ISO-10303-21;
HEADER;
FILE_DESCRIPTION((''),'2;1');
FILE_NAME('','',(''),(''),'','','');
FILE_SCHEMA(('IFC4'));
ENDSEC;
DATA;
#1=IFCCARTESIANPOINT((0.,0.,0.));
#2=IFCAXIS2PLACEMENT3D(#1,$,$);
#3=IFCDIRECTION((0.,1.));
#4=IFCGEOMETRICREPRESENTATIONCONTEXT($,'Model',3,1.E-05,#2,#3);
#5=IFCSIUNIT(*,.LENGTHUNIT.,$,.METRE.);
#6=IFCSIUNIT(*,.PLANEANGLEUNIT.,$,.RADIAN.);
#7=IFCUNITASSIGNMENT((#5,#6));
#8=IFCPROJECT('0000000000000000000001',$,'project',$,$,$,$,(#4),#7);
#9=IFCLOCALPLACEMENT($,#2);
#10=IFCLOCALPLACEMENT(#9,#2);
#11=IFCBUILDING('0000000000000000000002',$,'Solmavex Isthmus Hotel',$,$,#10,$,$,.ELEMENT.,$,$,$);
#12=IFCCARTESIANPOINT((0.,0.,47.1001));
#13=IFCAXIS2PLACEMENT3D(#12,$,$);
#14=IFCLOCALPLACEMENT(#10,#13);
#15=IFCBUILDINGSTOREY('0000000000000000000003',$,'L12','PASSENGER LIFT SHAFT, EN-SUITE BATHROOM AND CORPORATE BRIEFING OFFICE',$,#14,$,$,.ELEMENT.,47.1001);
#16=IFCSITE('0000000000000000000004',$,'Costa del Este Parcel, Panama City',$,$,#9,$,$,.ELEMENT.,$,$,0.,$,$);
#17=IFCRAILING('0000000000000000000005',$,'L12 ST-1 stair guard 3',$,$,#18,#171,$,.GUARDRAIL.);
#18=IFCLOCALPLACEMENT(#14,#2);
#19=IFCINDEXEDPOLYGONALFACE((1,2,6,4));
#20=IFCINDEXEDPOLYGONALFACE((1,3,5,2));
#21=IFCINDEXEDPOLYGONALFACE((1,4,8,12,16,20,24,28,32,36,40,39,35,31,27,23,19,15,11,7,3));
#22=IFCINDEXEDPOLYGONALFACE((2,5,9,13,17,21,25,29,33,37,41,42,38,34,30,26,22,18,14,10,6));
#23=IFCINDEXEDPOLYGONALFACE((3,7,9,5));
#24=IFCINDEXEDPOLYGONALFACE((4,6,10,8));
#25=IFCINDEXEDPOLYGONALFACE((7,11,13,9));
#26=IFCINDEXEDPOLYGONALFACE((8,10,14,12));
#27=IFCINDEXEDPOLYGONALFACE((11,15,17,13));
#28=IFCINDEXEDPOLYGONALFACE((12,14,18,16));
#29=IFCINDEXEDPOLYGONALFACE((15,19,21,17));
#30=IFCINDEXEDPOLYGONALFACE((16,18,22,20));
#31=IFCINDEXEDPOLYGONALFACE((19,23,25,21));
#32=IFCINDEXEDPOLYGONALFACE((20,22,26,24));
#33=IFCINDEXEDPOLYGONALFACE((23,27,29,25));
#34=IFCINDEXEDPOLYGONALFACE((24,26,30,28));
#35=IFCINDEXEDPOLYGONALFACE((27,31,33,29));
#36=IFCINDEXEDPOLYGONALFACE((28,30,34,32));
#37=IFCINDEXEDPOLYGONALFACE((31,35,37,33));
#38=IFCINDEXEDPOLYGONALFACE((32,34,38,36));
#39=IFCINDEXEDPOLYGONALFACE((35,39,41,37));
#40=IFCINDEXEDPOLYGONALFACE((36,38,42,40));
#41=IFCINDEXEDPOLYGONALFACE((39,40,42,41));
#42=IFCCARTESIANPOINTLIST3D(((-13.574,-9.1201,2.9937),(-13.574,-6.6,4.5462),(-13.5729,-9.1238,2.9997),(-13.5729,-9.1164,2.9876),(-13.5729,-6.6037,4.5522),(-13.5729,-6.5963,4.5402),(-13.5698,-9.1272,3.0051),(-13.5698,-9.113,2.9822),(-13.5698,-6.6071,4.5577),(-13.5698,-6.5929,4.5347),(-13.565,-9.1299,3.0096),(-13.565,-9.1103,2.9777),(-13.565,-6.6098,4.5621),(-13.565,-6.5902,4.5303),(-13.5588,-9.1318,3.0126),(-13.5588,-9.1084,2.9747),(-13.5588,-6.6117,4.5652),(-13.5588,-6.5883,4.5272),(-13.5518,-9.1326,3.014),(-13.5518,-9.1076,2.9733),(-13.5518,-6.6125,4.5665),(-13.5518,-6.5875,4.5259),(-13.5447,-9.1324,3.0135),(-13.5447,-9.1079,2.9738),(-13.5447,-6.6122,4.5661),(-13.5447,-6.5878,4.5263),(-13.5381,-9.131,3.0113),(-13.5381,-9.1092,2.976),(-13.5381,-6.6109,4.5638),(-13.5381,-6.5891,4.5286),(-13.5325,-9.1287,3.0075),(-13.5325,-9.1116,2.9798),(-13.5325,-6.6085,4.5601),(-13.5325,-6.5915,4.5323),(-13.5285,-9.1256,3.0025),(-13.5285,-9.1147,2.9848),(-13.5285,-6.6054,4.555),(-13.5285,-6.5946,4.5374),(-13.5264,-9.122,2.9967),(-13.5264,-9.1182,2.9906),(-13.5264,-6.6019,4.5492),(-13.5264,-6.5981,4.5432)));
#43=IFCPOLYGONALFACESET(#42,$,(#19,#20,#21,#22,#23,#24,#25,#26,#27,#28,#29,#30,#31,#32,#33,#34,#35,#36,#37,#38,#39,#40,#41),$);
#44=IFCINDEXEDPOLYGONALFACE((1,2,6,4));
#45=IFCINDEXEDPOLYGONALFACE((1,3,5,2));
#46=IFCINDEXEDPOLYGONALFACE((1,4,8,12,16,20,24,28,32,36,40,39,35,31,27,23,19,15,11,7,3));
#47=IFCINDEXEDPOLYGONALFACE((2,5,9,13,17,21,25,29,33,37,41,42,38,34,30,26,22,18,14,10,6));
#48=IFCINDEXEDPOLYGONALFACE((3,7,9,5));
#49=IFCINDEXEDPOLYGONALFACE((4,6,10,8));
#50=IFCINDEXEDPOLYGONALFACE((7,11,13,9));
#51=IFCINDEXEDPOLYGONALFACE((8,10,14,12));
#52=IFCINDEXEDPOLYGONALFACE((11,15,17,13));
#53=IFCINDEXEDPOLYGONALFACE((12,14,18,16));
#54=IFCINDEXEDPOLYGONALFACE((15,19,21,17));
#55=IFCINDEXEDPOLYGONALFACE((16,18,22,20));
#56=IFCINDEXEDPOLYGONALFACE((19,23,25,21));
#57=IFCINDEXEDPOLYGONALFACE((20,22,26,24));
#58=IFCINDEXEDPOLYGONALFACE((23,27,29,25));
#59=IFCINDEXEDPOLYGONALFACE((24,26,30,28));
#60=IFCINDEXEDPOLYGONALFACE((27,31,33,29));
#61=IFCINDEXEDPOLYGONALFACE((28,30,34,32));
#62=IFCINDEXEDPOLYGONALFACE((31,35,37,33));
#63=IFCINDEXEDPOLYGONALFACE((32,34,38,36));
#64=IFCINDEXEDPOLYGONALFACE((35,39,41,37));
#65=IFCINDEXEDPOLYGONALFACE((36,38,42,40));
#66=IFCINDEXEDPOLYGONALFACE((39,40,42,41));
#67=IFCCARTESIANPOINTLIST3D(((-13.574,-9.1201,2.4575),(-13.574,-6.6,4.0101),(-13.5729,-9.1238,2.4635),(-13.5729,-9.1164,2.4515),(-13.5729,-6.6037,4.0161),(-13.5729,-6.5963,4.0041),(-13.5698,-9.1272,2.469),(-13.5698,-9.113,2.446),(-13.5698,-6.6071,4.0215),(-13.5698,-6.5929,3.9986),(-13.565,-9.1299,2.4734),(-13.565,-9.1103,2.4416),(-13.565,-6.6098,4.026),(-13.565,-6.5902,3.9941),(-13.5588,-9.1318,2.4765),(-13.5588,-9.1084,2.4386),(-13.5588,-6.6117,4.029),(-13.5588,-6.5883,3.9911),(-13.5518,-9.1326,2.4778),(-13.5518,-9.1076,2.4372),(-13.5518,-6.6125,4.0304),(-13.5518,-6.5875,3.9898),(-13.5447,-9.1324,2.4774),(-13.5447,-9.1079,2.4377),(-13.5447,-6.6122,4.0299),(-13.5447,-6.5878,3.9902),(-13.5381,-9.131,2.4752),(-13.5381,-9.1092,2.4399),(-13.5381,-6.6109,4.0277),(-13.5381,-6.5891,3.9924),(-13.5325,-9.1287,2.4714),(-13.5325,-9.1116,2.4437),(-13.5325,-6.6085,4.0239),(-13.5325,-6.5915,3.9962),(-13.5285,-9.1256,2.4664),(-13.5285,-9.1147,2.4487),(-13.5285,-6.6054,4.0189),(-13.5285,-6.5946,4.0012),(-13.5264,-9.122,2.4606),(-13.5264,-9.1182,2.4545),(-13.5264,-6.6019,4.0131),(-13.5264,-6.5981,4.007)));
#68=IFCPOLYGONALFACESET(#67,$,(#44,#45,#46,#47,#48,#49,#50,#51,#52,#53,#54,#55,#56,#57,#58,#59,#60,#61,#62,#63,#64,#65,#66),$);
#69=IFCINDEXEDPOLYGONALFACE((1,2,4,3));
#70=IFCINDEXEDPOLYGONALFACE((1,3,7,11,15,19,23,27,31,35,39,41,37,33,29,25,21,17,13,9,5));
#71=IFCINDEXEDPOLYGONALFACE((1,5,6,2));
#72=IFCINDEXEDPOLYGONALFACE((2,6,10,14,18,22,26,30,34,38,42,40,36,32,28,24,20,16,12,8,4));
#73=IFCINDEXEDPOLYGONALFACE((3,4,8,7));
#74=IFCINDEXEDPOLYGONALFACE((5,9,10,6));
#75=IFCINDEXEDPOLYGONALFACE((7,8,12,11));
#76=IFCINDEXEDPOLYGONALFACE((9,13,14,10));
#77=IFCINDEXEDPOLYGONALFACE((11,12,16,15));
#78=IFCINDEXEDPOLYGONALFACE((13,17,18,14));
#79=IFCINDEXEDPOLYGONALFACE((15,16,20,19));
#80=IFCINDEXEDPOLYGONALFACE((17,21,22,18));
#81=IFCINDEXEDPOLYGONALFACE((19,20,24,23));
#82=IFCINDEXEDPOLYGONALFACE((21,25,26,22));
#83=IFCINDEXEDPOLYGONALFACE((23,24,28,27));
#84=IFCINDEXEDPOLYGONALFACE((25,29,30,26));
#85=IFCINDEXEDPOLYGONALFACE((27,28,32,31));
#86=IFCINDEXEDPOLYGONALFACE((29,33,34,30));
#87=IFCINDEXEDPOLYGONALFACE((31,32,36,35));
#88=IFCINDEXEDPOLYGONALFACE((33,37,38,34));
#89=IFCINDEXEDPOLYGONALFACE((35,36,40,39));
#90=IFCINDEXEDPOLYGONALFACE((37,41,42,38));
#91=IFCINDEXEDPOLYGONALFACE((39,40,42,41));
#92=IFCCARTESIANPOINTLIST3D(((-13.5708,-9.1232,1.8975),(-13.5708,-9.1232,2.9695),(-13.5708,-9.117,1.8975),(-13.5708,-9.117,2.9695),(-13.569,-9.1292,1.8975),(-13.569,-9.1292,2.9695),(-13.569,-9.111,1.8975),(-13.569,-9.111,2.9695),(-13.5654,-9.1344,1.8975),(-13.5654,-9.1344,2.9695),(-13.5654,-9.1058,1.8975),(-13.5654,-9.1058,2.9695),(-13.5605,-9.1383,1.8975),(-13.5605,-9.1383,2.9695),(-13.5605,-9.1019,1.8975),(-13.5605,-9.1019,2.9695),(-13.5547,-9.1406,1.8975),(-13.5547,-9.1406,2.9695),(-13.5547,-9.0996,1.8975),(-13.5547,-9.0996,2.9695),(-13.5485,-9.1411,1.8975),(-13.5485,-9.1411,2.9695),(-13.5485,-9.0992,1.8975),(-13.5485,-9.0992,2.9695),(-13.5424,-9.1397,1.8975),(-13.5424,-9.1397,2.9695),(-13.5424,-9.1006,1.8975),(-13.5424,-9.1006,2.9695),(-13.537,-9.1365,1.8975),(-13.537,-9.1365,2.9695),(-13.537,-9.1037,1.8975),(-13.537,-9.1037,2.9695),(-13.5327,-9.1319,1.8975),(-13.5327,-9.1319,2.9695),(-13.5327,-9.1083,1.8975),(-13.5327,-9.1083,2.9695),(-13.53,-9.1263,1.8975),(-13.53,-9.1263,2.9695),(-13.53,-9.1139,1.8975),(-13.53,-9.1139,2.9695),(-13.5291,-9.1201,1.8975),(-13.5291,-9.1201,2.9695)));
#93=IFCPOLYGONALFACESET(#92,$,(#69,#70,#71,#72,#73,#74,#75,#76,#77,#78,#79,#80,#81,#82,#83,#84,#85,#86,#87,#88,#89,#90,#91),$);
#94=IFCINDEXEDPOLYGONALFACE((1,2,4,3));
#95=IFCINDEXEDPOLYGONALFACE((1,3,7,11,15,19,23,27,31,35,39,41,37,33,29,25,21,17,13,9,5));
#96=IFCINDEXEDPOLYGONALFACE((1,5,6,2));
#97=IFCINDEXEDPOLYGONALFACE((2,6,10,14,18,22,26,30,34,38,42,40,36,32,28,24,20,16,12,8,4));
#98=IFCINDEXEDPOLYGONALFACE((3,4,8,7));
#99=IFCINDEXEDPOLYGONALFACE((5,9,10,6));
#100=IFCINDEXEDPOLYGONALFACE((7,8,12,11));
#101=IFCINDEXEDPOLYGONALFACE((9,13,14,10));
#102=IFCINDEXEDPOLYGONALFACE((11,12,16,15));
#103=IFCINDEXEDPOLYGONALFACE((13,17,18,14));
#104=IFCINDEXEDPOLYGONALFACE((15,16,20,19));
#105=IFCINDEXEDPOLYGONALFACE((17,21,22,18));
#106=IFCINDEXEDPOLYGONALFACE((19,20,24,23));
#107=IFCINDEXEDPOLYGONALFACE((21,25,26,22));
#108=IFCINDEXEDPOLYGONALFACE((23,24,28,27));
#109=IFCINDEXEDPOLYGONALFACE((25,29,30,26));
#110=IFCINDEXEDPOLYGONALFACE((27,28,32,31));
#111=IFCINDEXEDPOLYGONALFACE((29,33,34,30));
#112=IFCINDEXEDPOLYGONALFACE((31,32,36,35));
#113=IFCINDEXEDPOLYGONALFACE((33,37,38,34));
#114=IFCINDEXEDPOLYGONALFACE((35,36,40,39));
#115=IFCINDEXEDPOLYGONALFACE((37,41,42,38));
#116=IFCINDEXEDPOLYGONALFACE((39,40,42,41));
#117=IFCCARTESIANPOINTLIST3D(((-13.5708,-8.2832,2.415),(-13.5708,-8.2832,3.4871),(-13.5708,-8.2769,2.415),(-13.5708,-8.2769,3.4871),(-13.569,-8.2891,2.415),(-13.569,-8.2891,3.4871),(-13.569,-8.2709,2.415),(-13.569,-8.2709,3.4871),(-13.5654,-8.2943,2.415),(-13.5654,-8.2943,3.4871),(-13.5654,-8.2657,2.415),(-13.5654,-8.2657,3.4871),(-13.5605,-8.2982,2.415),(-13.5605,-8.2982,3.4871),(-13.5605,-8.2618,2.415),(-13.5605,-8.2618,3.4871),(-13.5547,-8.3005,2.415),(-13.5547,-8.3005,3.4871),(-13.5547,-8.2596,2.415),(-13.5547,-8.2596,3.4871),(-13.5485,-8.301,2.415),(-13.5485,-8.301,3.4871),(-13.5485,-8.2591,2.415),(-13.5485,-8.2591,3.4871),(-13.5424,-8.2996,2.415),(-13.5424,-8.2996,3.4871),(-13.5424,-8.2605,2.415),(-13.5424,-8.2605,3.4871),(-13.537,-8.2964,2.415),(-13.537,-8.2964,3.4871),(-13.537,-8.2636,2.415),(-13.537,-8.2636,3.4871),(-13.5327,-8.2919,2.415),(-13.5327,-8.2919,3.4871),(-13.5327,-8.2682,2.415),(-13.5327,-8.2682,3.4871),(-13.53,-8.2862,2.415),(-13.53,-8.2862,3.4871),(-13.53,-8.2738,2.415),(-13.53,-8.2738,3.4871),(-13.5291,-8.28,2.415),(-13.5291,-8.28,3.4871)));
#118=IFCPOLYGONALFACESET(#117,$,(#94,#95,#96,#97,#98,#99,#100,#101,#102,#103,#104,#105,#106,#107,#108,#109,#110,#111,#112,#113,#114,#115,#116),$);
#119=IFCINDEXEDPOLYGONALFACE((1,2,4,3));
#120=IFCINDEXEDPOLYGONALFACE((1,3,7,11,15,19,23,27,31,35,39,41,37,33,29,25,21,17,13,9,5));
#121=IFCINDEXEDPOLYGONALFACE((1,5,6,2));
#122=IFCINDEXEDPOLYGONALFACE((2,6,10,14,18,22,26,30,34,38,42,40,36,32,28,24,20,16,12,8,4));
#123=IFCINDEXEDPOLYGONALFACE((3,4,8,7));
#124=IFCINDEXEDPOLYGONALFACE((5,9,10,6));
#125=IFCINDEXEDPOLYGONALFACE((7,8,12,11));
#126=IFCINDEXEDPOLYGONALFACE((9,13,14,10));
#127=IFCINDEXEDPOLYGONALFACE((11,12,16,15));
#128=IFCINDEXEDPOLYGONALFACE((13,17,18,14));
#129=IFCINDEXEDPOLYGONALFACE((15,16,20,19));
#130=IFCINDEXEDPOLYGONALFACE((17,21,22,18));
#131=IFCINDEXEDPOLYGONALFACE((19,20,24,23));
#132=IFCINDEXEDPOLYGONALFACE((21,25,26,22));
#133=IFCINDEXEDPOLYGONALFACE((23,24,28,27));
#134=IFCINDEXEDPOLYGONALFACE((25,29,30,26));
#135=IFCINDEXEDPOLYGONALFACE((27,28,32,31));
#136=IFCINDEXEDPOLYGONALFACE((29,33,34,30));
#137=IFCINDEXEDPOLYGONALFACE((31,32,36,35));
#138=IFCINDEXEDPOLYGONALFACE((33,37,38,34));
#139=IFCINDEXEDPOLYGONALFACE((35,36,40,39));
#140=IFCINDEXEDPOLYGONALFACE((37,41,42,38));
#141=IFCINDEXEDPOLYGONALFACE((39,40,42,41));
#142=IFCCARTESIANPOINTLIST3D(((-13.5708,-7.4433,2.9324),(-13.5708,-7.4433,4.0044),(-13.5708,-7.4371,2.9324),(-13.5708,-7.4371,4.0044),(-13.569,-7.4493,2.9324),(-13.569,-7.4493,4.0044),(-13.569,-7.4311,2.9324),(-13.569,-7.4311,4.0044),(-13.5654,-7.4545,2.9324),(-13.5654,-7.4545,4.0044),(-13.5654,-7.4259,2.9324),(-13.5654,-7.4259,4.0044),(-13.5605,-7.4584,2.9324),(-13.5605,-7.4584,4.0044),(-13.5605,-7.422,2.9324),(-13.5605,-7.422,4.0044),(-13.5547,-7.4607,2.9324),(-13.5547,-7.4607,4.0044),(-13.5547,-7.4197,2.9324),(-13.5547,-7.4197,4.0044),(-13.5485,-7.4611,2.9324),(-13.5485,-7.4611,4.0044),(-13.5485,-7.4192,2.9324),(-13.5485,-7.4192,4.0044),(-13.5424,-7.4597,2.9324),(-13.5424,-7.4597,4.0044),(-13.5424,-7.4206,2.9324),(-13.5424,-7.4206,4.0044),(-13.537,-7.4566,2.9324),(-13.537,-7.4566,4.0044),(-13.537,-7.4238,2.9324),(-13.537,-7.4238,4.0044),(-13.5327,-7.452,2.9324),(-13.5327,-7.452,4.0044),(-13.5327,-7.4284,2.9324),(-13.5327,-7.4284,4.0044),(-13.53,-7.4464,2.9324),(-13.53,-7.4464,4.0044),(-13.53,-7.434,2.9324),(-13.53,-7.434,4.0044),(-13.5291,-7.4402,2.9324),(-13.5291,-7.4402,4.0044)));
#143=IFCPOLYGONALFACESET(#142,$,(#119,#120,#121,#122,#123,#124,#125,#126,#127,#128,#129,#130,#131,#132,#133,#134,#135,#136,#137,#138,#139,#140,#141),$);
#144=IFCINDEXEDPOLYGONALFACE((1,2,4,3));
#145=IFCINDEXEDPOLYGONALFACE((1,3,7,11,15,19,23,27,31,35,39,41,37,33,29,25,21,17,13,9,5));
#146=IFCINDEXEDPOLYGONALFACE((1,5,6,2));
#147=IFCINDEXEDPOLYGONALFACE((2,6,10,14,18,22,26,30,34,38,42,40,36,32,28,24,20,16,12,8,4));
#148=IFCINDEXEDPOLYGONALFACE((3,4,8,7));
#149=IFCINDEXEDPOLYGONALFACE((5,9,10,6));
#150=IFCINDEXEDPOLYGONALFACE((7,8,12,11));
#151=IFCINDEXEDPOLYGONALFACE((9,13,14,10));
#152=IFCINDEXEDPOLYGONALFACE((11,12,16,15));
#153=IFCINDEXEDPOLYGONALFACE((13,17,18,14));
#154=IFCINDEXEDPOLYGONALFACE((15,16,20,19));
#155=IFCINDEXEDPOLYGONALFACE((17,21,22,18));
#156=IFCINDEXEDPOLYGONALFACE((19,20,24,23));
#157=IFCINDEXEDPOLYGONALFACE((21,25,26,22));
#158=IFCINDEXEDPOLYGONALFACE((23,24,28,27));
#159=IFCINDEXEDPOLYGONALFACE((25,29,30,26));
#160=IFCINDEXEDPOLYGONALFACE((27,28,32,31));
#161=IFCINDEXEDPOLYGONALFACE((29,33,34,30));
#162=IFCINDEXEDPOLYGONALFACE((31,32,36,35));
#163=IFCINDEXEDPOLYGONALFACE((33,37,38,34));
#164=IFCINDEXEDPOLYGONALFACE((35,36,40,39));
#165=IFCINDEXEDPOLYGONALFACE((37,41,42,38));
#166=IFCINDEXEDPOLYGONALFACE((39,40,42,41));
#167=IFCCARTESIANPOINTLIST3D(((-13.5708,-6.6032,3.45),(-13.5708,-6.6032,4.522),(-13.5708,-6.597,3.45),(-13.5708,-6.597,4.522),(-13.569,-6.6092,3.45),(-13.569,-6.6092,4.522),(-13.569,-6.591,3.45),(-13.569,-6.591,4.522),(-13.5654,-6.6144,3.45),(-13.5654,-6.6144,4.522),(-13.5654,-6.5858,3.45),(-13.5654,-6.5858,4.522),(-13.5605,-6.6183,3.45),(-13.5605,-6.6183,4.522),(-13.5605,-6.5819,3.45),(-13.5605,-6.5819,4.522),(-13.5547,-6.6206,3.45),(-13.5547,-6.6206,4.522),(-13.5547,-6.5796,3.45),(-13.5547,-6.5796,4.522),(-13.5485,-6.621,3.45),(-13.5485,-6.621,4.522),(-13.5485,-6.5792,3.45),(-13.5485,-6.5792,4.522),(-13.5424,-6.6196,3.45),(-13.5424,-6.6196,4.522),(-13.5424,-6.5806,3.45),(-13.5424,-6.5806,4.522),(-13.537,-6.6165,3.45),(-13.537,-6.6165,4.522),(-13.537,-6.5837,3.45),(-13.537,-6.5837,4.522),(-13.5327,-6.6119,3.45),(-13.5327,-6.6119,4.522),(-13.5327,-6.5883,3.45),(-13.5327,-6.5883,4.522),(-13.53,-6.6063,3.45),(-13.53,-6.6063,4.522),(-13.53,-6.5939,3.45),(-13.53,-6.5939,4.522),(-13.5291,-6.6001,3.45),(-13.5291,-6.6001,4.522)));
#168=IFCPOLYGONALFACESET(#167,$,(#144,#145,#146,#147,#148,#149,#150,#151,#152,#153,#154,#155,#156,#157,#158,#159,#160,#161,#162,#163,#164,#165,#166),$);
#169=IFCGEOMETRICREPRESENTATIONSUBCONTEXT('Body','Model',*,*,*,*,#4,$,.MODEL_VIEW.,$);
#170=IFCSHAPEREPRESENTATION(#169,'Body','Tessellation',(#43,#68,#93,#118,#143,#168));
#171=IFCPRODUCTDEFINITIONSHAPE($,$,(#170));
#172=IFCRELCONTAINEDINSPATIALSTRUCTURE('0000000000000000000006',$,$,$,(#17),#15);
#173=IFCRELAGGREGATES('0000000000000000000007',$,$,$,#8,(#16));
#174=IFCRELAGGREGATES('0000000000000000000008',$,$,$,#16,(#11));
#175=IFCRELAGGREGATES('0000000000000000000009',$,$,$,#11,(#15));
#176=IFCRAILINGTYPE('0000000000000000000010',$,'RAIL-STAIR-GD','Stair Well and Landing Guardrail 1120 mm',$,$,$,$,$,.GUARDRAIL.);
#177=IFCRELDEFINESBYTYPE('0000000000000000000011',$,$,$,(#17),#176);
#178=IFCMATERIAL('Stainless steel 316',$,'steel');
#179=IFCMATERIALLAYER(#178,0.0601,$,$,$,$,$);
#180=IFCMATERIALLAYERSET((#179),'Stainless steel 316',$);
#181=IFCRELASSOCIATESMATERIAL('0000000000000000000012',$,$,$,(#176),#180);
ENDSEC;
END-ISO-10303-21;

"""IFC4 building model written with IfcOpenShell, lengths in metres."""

from ifc_helpers import new_model, si_unit, direction, frame, origin, origin_2d, place, context, subcontext, project, spatial, circle, extrude, material, layer, layer_set, type_object, element, save


model = new_model("IFC4")

# Units and contexts
model_context = context("Model", 3, precision=1e-05, world=origin(), true_north=direction((0.0, 1.0)))
body_context = subcontext(model_context, "Body", "Model", "MODEL_VIEW")
ifc_project = project(units=[si_unit("LENGTHUNIT", "METRE"), si_unit("PLANEANGLEUNIT", "RADIAN")], contexts=[model_context])

# Site, building, storey
site_placement = place(None, origin())
site = spatial("IfcSite", under=ifc_project, at=site_placement, Name="Costa del Este Parcel, Panama City", CompositionType="ELEMENT", RefElevation=0.0)
building_placement = place(site_placement, origin())
building = spatial("IfcBuilding", under=site, at=building_placement, Name="Solmavex Isthmus Hotel", CompositionType="ELEMENT")
storey_placement = place(building_placement, frame((0.0, 0.0, 47.1001)))
storey = spatial("IfcBuildingStorey", under=building, at=storey_placement, Name="L12", Description="PASSENGER LIFT SHAFT, EN-SUITE BATHROOM AND CORPORATE BRIEFING OFFICE", CompositionType="ELEMENT", Elevation=47.1001)

# Shared definitions
ifc_material_1 = material(Name="Stainless steel 316", Category="steel")

# Railing
ifc_layer_1 = layer(ifc_material_1, 0.0601)
ifc_layer_set_1 = layer_set([ifc_layer_1], Name="Stainless steel 316")
railing_type_1 = type_object("IfcRailingType", Name="RAIL-STAIR-GD", Description="Stair Well and Landing Guardrail 1120 mm", PredefinedType="GUARDRAIL", material=ifc_layer_set_1)
railing_1_placement = place(storey_placement, frame((-13.55, -9.1201, 1.8975)))
element("IfcRailing", 1, at=railing_1_placement, inside=storey, type_object=railing_type_1, Name="L12 ST-1 stair guard 3", PredefinedType="GUARDRAIL", context=body_context, shape_type="SweptSolid", body=[
    extrude(circle(Radius=0.0239, at=origin_2d()), frame((0.0, 0.0, 1.0962), z_axis=(0.0, 0.8514, 0.524516), x_axis=(-1.0, 0.0, 0.0)), (0.0, 0.0, 1.0), 2.96),
    extrude(circle(Radius=0.0239, at=origin_2d()), frame((0.0, 0.0, 0.5601), z_axis=(0.0, 0.8514, 0.524516), x_axis=(-1.0, 0.0, 0.0)), (0.0, 0.0, 1.0), 2.96),
    extrude(circle(Radius=0.021, at=origin_2d()), origin(), (0.0, 0.0, 1.0), 1.072),
    extrude(circle(Radius=0.021, at=origin_2d()), frame((0.0, 0.8401, 0.5176)), (0.0, 0.0, 1.0), 1.072),
    extrude(circle(Radius=0.021, at=origin_2d()), frame((0.0, 1.6799, 1.0349)), (0.0, 0.0, 1.0), 1.072),
    extrude(circle(Radius=0.021, at=origin_2d()), frame((0.0, 2.52, 1.5525)), (0.0, 0.0, 1.0), 1.072),
])

save(model, "model.ifc")
